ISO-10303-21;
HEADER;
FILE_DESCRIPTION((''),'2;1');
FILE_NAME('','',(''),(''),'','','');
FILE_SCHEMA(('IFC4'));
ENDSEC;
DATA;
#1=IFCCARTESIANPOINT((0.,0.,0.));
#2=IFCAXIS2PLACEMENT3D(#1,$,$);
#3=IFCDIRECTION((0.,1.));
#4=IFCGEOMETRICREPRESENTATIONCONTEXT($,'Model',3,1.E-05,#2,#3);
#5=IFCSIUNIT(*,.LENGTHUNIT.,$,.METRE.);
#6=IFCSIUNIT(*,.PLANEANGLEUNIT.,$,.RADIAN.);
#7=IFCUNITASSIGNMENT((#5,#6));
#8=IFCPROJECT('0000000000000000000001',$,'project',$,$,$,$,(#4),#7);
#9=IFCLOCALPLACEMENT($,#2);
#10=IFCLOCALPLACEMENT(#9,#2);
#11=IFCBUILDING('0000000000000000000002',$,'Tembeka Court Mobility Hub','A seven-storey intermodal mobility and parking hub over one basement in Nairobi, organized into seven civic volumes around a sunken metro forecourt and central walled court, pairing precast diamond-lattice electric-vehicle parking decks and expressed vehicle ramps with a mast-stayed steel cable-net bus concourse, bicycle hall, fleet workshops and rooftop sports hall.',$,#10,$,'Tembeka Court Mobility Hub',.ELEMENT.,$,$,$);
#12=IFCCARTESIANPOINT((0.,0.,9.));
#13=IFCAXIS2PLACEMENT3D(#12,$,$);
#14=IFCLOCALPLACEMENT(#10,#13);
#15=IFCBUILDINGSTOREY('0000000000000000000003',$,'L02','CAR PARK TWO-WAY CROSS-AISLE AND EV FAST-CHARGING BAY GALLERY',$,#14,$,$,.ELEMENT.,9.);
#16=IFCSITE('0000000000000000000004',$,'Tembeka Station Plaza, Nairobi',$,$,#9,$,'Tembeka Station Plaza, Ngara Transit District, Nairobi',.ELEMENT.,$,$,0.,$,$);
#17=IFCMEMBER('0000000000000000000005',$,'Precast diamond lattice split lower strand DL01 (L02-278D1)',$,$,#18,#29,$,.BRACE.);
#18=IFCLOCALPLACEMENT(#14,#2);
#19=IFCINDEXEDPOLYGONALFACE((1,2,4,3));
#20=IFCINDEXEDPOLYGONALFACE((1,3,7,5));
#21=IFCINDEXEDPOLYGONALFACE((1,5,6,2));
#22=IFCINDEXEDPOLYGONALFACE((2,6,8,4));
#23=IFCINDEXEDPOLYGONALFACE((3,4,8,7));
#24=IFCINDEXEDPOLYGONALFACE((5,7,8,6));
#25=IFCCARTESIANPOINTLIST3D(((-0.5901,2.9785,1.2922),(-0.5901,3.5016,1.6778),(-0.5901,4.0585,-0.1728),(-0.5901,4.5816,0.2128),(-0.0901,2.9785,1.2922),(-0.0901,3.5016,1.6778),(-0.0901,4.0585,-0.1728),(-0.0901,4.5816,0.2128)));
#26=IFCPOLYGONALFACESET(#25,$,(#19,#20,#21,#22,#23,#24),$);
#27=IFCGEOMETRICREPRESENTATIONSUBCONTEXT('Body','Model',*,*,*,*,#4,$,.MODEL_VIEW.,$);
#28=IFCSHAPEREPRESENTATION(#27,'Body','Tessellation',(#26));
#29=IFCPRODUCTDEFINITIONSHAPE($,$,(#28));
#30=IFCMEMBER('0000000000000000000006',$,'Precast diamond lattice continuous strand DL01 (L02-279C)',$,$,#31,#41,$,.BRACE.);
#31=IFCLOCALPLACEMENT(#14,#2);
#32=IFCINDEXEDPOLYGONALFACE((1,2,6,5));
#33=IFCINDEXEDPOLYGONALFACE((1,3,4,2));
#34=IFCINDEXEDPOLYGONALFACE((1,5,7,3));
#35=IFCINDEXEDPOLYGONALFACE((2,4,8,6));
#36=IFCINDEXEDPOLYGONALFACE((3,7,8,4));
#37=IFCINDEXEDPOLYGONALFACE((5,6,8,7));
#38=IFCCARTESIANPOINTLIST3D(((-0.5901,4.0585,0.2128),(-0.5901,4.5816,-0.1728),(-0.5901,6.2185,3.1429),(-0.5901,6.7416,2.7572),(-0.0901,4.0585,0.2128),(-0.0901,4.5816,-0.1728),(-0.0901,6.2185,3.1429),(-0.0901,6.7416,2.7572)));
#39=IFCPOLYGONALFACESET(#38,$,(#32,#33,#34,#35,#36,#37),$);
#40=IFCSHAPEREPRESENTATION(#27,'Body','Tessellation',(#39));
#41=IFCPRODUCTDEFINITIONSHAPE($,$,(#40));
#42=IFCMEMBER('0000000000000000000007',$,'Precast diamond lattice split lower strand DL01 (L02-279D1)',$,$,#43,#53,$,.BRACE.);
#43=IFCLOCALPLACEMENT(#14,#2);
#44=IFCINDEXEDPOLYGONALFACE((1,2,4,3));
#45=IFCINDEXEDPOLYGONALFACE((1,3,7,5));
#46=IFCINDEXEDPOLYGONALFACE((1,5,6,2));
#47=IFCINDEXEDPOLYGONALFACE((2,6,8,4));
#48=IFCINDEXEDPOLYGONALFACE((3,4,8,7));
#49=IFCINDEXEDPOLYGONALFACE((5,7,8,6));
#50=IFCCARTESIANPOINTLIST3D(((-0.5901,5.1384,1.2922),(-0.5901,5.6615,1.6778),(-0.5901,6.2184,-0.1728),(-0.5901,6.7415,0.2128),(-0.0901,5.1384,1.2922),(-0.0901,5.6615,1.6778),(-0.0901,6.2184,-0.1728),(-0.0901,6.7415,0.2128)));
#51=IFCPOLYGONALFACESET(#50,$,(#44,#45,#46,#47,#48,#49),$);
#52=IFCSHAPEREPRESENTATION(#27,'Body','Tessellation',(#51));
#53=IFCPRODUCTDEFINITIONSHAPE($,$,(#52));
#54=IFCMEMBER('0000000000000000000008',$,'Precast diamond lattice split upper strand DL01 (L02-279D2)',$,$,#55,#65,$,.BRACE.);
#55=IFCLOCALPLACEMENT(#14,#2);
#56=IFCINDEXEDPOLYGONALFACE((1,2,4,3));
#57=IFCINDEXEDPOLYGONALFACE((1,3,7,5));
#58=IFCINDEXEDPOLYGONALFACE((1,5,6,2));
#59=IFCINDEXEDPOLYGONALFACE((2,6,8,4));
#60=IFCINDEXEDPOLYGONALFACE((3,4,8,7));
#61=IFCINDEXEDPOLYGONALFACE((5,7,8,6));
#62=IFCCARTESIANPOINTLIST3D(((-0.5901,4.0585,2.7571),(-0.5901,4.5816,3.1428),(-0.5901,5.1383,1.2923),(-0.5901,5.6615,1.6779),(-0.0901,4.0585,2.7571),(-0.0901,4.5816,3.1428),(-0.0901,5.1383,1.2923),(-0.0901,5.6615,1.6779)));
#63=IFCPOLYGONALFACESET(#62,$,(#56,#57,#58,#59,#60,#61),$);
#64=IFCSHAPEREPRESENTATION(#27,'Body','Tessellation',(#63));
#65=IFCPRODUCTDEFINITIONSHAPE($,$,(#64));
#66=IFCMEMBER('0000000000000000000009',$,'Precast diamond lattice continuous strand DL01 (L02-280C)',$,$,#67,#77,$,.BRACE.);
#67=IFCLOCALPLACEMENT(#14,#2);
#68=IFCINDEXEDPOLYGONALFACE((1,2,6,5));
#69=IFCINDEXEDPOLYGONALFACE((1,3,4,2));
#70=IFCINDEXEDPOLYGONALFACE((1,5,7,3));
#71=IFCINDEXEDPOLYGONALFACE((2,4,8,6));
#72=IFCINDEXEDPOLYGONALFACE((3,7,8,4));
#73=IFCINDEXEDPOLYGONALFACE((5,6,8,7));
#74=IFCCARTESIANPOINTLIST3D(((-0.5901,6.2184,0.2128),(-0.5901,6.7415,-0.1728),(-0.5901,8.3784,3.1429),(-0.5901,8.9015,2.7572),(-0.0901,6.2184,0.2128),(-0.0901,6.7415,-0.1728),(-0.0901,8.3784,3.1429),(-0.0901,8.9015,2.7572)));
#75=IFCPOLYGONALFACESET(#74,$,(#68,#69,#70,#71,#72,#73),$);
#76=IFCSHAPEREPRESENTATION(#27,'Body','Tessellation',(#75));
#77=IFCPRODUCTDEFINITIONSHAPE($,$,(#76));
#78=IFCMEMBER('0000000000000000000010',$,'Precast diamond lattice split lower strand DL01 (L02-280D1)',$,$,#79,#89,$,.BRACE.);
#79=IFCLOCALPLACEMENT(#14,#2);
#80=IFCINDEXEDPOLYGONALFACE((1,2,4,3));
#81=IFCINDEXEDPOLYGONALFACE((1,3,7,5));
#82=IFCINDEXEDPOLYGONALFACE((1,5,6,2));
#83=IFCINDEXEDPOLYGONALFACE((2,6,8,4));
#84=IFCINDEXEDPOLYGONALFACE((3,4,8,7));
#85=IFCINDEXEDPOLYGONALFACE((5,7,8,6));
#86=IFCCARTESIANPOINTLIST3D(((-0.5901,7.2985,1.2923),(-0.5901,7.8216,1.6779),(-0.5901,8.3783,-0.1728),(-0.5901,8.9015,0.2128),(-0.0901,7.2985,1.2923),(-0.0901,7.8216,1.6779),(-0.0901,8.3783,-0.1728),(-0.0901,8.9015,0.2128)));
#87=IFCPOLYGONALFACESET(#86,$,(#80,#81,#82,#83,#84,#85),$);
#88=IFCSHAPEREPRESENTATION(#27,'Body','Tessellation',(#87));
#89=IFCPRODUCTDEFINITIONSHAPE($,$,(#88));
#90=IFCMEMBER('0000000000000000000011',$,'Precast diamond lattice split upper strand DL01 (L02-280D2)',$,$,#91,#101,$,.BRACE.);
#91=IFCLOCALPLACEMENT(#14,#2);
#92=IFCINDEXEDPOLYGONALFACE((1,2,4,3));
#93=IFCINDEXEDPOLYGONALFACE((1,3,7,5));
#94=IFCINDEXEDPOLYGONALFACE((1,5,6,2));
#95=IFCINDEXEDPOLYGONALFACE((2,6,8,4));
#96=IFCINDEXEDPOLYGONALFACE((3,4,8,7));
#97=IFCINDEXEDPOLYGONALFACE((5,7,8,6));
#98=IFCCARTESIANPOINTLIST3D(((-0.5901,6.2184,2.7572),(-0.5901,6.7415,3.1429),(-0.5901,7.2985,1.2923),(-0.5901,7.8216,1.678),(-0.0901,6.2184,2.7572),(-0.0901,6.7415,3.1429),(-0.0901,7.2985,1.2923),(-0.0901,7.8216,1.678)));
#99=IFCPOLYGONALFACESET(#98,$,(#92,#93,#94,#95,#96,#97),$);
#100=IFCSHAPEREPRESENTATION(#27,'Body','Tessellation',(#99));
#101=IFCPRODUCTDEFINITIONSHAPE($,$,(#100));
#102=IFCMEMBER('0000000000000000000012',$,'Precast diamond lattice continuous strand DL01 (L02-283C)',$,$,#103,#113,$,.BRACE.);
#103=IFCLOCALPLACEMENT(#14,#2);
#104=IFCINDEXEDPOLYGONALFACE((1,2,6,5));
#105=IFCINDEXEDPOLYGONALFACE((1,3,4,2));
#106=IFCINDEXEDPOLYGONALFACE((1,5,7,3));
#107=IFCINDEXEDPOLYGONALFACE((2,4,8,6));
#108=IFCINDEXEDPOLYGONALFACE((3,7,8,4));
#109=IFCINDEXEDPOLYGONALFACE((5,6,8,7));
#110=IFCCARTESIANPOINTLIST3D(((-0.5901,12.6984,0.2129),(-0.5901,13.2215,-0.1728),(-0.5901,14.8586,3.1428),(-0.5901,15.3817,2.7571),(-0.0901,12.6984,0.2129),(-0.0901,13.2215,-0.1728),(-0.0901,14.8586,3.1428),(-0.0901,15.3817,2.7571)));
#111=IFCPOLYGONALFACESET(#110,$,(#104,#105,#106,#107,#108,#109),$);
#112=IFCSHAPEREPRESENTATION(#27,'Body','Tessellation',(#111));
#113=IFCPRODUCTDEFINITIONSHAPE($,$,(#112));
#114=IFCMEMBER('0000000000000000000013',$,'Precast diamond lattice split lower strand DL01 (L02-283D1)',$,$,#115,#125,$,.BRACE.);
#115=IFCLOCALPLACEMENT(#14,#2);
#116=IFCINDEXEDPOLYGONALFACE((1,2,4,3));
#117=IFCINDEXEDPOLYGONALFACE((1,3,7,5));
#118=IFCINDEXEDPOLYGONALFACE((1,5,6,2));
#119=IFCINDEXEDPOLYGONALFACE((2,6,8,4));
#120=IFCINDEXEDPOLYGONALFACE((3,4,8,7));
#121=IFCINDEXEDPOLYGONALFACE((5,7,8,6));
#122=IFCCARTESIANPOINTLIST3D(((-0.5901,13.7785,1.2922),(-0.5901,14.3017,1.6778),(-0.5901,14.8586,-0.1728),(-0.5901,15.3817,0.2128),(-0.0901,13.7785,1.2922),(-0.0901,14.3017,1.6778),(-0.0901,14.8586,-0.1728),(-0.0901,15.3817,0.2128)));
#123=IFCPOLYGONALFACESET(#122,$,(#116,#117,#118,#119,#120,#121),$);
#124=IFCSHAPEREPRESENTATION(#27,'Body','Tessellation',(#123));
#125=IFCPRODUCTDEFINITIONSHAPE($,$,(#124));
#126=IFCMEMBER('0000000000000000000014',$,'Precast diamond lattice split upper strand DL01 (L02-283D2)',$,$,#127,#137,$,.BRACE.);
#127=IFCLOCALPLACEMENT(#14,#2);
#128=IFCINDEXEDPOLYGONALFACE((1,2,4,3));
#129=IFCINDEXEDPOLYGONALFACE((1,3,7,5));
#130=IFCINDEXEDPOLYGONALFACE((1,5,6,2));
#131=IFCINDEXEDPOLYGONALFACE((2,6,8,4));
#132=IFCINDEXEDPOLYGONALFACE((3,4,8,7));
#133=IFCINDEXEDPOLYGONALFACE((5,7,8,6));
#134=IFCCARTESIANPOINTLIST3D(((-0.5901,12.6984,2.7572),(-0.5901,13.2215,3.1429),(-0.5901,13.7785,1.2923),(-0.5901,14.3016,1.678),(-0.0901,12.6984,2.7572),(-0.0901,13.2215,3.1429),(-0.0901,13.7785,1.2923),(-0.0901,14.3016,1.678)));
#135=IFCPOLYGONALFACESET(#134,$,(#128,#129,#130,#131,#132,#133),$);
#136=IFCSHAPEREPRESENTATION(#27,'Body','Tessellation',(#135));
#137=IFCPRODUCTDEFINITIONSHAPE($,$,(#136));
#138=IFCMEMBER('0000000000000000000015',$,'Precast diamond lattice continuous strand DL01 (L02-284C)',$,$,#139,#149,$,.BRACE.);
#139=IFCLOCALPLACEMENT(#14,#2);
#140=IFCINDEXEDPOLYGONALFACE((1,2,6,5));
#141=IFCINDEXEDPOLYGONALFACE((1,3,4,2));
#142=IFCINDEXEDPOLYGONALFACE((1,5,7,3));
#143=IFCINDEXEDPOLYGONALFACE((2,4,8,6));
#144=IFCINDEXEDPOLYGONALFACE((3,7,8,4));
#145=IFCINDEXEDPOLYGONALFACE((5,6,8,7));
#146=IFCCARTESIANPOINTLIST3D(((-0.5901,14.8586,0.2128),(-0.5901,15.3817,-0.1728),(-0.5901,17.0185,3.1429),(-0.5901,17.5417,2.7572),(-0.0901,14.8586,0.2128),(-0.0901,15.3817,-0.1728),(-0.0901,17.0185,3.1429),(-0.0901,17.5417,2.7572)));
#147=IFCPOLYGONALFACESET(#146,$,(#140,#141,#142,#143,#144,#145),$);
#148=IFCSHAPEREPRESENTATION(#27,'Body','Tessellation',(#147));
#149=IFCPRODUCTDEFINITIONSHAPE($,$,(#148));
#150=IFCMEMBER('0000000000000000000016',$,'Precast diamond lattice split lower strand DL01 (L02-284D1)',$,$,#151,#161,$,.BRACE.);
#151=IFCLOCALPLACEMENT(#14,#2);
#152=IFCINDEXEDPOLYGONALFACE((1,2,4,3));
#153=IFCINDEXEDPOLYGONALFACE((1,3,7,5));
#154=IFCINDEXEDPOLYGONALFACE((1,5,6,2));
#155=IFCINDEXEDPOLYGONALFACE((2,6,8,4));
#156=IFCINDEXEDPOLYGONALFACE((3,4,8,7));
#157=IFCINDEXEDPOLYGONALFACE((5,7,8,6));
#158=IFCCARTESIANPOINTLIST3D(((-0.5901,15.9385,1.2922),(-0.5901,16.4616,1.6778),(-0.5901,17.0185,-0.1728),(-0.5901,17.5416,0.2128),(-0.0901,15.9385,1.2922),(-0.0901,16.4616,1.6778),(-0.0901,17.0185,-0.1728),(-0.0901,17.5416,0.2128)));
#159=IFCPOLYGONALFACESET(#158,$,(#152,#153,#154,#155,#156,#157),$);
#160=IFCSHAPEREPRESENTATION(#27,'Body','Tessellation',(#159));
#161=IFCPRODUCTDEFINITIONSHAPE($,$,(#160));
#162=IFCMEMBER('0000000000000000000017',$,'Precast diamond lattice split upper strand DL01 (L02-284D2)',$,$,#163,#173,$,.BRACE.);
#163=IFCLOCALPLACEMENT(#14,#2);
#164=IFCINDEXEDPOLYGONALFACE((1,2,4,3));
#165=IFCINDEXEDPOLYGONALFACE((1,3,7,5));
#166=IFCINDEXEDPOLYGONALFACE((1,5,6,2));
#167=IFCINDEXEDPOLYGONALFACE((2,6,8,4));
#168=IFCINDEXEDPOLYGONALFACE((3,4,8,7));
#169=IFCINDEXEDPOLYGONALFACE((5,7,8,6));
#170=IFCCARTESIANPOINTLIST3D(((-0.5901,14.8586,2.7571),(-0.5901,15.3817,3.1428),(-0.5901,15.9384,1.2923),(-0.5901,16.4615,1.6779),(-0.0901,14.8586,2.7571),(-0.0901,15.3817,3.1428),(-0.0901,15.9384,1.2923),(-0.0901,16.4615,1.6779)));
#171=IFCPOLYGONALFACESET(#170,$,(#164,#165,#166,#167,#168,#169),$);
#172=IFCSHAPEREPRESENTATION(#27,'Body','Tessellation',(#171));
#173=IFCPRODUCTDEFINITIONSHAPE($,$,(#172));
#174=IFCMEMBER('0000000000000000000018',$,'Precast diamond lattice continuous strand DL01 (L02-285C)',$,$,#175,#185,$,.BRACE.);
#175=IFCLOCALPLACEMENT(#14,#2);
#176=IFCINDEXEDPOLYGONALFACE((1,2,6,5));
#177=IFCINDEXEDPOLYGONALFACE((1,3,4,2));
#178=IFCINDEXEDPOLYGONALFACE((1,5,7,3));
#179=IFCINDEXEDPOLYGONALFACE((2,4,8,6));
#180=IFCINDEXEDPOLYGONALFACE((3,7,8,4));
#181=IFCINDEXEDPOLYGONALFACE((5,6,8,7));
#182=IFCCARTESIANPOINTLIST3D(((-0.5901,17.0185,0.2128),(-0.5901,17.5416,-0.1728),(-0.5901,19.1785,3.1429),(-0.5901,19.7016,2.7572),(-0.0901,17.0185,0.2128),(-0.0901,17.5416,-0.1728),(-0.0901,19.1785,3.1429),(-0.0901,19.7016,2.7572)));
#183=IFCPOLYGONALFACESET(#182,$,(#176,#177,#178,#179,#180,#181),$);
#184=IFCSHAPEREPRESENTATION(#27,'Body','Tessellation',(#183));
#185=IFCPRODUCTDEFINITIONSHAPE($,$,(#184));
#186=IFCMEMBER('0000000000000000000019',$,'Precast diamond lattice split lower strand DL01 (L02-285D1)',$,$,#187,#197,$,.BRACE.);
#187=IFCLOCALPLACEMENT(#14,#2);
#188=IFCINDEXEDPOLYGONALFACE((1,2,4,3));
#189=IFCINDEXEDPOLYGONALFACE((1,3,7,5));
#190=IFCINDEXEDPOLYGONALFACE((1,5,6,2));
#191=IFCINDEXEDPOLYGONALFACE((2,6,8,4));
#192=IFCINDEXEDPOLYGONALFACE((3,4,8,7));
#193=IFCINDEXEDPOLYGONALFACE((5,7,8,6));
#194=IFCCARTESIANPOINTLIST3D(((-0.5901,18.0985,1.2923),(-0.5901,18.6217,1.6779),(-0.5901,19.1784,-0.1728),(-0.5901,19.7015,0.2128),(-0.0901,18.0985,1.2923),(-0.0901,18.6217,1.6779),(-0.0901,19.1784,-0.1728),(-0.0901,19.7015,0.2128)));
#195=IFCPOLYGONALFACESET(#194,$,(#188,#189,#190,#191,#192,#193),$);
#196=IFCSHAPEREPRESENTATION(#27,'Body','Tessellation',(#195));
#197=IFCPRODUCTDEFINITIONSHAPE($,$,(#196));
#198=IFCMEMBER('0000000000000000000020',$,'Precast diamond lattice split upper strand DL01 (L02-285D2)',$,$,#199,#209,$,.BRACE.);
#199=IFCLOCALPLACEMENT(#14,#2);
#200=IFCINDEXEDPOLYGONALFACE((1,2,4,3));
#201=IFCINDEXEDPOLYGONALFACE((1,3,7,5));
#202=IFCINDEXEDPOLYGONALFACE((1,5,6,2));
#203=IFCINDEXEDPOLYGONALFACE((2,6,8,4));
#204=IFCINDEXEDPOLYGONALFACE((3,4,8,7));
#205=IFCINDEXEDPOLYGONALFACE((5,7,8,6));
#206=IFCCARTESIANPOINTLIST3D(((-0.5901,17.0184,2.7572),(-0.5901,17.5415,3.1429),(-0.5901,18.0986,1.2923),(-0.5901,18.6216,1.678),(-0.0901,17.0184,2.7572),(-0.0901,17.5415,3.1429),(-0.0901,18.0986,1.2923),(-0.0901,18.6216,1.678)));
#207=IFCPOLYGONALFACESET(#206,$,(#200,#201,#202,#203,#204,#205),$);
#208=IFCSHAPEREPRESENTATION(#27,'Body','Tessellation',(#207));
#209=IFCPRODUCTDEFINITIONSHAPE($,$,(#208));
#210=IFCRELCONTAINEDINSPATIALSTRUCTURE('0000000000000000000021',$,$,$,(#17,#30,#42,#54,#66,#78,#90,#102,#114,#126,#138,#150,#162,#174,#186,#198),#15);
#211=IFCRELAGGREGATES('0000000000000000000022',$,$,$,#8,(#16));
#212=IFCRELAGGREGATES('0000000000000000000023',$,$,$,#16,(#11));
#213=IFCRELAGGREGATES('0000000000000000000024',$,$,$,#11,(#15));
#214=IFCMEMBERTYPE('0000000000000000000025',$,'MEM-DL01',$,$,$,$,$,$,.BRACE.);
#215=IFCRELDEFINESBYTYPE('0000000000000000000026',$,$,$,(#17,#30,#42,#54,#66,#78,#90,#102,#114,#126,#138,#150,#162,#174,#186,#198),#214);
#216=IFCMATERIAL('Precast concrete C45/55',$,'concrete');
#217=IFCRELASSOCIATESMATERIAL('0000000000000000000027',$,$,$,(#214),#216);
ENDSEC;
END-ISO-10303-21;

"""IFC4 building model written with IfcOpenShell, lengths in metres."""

from ifc_helpers import new_model, si_unit, direction, frame, origin, origin_2d, place, context, subcontext, project, spatial, rectangle, extrude, material, material_profile, profile_set, type_object, element, save


model = new_model("IFC4")

# Units and contexts
model_context = context("Model", 3, precision=1e-05, world=origin(), true_north=direction((0.0, 1.0)))
body_context = subcontext(model_context, "Body", "Model", "MODEL_VIEW")
ifc_project = project(units=[si_unit("LENGTHUNIT", "METRE"), si_unit("PLANEANGLEUNIT", "RADIAN")], contexts=[model_context])

# Site, building, storey
site_placement = place(None, origin())
site = spatial("IfcSite", under=ifc_project, at=site_placement, Name="Tembeka Station Plaza, Nairobi", LongName="Tembeka Station Plaza, Ngara Transit District, Nairobi", CompositionType="ELEMENT", RefElevation=0.0)
building_placement = place(site_placement, origin())
building = spatial("IfcBuilding", under=site, at=building_placement, Name="Tembeka Court Mobility Hub", Description="A seven-storey intermodal mobility and parking hub over one basement in Nairobi, organized into seven civic volumes around a sunken metro forecourt and central walled court, pairing precast diamond-lattice electric-vehicle parking decks and expressed vehicle ramps with a mast-stayed steel cable-net bus concourse, bicycle hall, fleet workshops and rooftop sports hall.", LongName="Tembeka Court Mobility Hub", CompositionType="ELEMENT")
storey_placement = place(building_placement, frame((0.0, 0.0, 9.0)))
storey = spatial("IfcBuildingStorey", under=building, at=storey_placement, Name="L02", Description="CAR PARK TWO-WAY CROSS-AISLE AND EV FAST-CHARGING BAY GALLERY", CompositionType="ELEMENT", Elevation=9.0)

# Members
ifc_material_1 = material(Name="Precast concrete C45/55", Category="concrete")
ifc_material_profile_1 = material_profile(ifc_material_1, rectangle(XDim=0.5, YDim=0.6499, at=origin_2d()), Name="PC-DIAG 500x650")
ifc_profile_set_1 = profile_set([ifc_material_profile_1], Name="Precast concrete C45/55")
member_type_1 = type_object("IfcMemberType", Name="MEM-DL01", PredefinedType="BRACE", material=ifc_profile_set_1)
member_1_placement = place(storey_placement, frame((-0.3401, 4.3201, 0.02), z_axis=(0.0, -0.593391, 0.804914), x_axis=(1.0, 0.0, 0.0)))
element("IfcMember", 1, at=member_1_placement, inside=storey, type_object=member_type_1, Name="Precast diamond lattice split lower strand DL01 (L02-278D1)", PredefinedType="BRACE", context=body_context, shape_type="SweptSolid", body=[
    extrude(rectangle(XDim=0.5, YDim=0.6499, at=origin_2d()), origin(), (0.0, 0.0, 1.0), 1.8201),
])
member_2_placement = place(storey_placement, frame((-0.3401, 4.3201, 0.02), z_axis=(0.0, 0.59338, 0.804923), x_axis=(-1.0, 0.0, 0.0)))
element("IfcMember", 2, at=member_2_placement, inside=storey, type_object=member_type_1, Name="Precast diamond lattice continuous strand DL01 (L02-279C)", PredefinedType="BRACE", context=body_context, shape_type="SweptSolid", body=[
    extrude(rectangle(XDim=0.5, YDim=0.6499, at=origin_2d()), origin(), (0.0, 0.0, 1.0), 3.6401),
])
member_3_placement = place(storey_placement, frame((-0.3401, 6.48, 0.02), z_axis=(0.0, -0.593391, 0.804914), x_axis=(1.0, 0.0, 0.0)))
element("IfcMember", 3, at=member_3_placement, inside=storey, type_object=member_type_1, Name="Precast diamond lattice split lower strand DL01 (L02-279D1)", PredefinedType="BRACE", context=body_context, shape_type="SweptSolid", body=[
    extrude(rectangle(XDim=0.5, YDim=0.6499, at=origin_2d()), origin(), (0.0, 0.0, 1.0), 1.8201),
])
member_4_placement = place(storey_placement, frame((-0.3401, 5.3999, 1.4851), z_axis=(0.0, -0.593368, 0.804931), x_axis=(1.0, 0.0, 0.0)))
element("IfcMember", 4, at=member_4_placement, inside=storey, type_object=member_type_1, Name="Precast diamond lattice split upper strand DL01 (L02-279D2)", PredefinedType="BRACE", context=body_context, shape_type="SweptSolid", body=[
    extrude(rectangle(XDim=0.5, YDim=0.6499, at=origin_2d()), origin(), (0.0, 0.0, 1.0), 1.8198),
])
member_5_placement = place(storey_placement, frame((-0.3401, 6.48, 0.02), z_axis=(0.0, 0.59338, 0.804923), x_axis=(-1.0, 0.0, 0.0)))
element("IfcMember", 5, at=member_5_placement, inside=storey, type_object=member_type_1, Name="Precast diamond lattice continuous strand DL01 (L02-280C)", PredefinedType="BRACE", context=body_context, shape_type="SweptSolid", body=[
    extrude(rectangle(XDim=0.5, YDim=0.6499, at=origin_2d()), origin(), (0.0, 0.0, 1.0), 3.6401),
])
for number, where, z_axis, x_axis, name in (
    (6, (-0.3401, 8.6399, 0.02), (0.0, -0.593304, 0.804978), (1.0, 0.0, 0.0), "Precast diamond lattice split lower strand DL01 (L02-280D1)"),
    (7, (-0.3401, 7.5601, 1.4851), (0.0, -0.593455, 0.804867), (1.0, 0.0, 0.0), "Precast diamond lattice split upper strand DL01 (L02-280D2)"),
):
    element("IfcMember", number, at=place(storey_placement, frame(where, z_axis=z_axis, x_axis=x_axis)), inside=storey, type_object=member_type_1, Name=name, PredefinedType="BRACE", context=body_context, shape_type="SweptSolid", body=[
        extrude(rectangle(XDim=0.5, YDim=0.6499, at=origin_2d()), origin(), (0.0, 0.0, 1.0), 1.8201),
    ])
member_6_placement = place(storey_placement, frame((-0.3401, 12.96, 0.02), z_axis=(0.0, 0.593423, 0.804891), x_axis=(-1.0, 0.0, 0.0)))
element("IfcMember", 8, at=member_6_placement, inside=storey, type_object=member_type_1, Name="Precast diamond lattice continuous strand DL01 (L02-283C)", PredefinedType="BRACE", context=body_context, shape_type="SweptSolid", body=[
    extrude(rectangle(XDim=0.5, YDim=0.6499, at=origin_2d()), origin(), (0.0, 0.0, 1.0), 3.6401),
])
for number, where, z_axis, x_axis, name in (
    (9, (-0.3401, 15.1201, 0.02), (0.0, -0.593391, 0.804914), (1.0, 0.0, 0.0), "Precast diamond lattice split lower strand DL01 (L02-283D1)"),
    (10, (-0.3401, 14.04, 1.4851), (0.0, -0.593455, 0.804867), (1.0, 0.0, 0.0), "Precast diamond lattice split upper strand DL01 (L02-283D2)"),
):
    element("IfcMember", number, at=place(storey_placement, frame(where, z_axis=z_axis, x_axis=x_axis)), inside=storey, type_object=member_type_1, Name=name, PredefinedType="BRACE", context=body_context, shape_type="SweptSolid", body=[
        extrude(rectangle(XDim=0.5, YDim=0.6499, at=origin_2d()), origin(), (0.0, 0.0, 1.0), 1.8201),
    ])
member_7_placement = place(storey_placement, frame((-0.3401, 15.1201, 0.02), z_axis=(0.0, 0.59338, 0.804923), x_axis=(-1.0, 0.0, 0.0)))
element("IfcMember", 11, at=member_7_placement, inside=storey, type_object=member_type_1, Name="Precast diamond lattice continuous strand DL01 (L02-284C)", PredefinedType="BRACE", context=body_context, shape_type="SweptSolid", body=[
    extrude(rectangle(XDim=0.5, YDim=0.6499, at=origin_2d()), origin(), (0.0, 0.0, 1.0), 3.6401),
])
member_8_placement = place(storey_placement, frame((-0.3401, 17.28, 0.02), z_axis=(0.0, -0.593391, 0.804914), x_axis=(1.0, 0.0, 0.0)))
element("IfcMember", 12, at=member_8_placement, inside=storey, type_object=member_type_1, Name="Precast diamond lattice split lower strand DL01 (L02-284D1)", PredefinedType="BRACE", context=body_context, shape_type="SweptSolid", body=[
    extrude(rectangle(XDim=0.5, YDim=0.6499, at=origin_2d()), origin(), (0.0, 0.0, 1.0), 1.8201),
])
member_9_placement = place(storey_placement, frame((-0.3401, 16.2, 1.4851), z_axis=(0.0, -0.593368, 0.804931), x_axis=(1.0, 0.0, 0.0)))
element("IfcMember", 13, at=member_9_placement, inside=storey, type_object=member_type_1, Name="Precast diamond lattice split upper strand DL01 (L02-284D2)", PredefinedType="BRACE", context=body_context, shape_type="SweptSolid", body=[
    extrude(rectangle(XDim=0.5, YDim=0.6499, at=origin_2d()), origin(), (0.0, 0.0, 1.0), 1.8198),
])
member_10_placement = place(storey_placement, frame((-0.3401, 17.28, 0.02), z_axis=(0.0, 0.59338, 0.804923), x_axis=(-1.0, 0.0, 0.0)))
element("IfcMember", 14, at=member_10_placement, inside=storey, type_object=member_type_1, Name="Precast diamond lattice continuous strand DL01 (L02-285C)", PredefinedType="BRACE", context=body_context, shape_type="SweptSolid", body=[
    extrude(rectangle(XDim=0.5, YDim=0.6499, at=origin_2d()), origin(), (0.0, 0.0, 1.0), 3.6401),
])
for number, where, z_axis, x_axis, name in (
    (15, (-0.3401, 19.4399, 0.02), (0.0, -0.593304, 0.804978), (1.0, 0.0, 0.0), "Precast diamond lattice split lower strand DL01 (L02-285D1)"),
    (16, (-0.3401, 18.3601, 1.4851), (0.0, -0.593455, 0.804867), (1.0, 0.0, 0.0), "Precast diamond lattice split upper strand DL01 (L02-285D2)"),
):
    element("IfcMember", number, at=place(storey_placement, frame(where, z_axis=z_axis, x_axis=x_axis)), inside=storey, type_object=member_type_1, Name=name, PredefinedType="BRACE", context=body_context, shape_type="SweptSolid", body=[
        extrude(rectangle(XDim=0.5, YDim=0.6499, at=origin_2d()), origin(), (0.0, 0.0, 1.0), 1.8201),
    ])

save(model, "model.ifc")
